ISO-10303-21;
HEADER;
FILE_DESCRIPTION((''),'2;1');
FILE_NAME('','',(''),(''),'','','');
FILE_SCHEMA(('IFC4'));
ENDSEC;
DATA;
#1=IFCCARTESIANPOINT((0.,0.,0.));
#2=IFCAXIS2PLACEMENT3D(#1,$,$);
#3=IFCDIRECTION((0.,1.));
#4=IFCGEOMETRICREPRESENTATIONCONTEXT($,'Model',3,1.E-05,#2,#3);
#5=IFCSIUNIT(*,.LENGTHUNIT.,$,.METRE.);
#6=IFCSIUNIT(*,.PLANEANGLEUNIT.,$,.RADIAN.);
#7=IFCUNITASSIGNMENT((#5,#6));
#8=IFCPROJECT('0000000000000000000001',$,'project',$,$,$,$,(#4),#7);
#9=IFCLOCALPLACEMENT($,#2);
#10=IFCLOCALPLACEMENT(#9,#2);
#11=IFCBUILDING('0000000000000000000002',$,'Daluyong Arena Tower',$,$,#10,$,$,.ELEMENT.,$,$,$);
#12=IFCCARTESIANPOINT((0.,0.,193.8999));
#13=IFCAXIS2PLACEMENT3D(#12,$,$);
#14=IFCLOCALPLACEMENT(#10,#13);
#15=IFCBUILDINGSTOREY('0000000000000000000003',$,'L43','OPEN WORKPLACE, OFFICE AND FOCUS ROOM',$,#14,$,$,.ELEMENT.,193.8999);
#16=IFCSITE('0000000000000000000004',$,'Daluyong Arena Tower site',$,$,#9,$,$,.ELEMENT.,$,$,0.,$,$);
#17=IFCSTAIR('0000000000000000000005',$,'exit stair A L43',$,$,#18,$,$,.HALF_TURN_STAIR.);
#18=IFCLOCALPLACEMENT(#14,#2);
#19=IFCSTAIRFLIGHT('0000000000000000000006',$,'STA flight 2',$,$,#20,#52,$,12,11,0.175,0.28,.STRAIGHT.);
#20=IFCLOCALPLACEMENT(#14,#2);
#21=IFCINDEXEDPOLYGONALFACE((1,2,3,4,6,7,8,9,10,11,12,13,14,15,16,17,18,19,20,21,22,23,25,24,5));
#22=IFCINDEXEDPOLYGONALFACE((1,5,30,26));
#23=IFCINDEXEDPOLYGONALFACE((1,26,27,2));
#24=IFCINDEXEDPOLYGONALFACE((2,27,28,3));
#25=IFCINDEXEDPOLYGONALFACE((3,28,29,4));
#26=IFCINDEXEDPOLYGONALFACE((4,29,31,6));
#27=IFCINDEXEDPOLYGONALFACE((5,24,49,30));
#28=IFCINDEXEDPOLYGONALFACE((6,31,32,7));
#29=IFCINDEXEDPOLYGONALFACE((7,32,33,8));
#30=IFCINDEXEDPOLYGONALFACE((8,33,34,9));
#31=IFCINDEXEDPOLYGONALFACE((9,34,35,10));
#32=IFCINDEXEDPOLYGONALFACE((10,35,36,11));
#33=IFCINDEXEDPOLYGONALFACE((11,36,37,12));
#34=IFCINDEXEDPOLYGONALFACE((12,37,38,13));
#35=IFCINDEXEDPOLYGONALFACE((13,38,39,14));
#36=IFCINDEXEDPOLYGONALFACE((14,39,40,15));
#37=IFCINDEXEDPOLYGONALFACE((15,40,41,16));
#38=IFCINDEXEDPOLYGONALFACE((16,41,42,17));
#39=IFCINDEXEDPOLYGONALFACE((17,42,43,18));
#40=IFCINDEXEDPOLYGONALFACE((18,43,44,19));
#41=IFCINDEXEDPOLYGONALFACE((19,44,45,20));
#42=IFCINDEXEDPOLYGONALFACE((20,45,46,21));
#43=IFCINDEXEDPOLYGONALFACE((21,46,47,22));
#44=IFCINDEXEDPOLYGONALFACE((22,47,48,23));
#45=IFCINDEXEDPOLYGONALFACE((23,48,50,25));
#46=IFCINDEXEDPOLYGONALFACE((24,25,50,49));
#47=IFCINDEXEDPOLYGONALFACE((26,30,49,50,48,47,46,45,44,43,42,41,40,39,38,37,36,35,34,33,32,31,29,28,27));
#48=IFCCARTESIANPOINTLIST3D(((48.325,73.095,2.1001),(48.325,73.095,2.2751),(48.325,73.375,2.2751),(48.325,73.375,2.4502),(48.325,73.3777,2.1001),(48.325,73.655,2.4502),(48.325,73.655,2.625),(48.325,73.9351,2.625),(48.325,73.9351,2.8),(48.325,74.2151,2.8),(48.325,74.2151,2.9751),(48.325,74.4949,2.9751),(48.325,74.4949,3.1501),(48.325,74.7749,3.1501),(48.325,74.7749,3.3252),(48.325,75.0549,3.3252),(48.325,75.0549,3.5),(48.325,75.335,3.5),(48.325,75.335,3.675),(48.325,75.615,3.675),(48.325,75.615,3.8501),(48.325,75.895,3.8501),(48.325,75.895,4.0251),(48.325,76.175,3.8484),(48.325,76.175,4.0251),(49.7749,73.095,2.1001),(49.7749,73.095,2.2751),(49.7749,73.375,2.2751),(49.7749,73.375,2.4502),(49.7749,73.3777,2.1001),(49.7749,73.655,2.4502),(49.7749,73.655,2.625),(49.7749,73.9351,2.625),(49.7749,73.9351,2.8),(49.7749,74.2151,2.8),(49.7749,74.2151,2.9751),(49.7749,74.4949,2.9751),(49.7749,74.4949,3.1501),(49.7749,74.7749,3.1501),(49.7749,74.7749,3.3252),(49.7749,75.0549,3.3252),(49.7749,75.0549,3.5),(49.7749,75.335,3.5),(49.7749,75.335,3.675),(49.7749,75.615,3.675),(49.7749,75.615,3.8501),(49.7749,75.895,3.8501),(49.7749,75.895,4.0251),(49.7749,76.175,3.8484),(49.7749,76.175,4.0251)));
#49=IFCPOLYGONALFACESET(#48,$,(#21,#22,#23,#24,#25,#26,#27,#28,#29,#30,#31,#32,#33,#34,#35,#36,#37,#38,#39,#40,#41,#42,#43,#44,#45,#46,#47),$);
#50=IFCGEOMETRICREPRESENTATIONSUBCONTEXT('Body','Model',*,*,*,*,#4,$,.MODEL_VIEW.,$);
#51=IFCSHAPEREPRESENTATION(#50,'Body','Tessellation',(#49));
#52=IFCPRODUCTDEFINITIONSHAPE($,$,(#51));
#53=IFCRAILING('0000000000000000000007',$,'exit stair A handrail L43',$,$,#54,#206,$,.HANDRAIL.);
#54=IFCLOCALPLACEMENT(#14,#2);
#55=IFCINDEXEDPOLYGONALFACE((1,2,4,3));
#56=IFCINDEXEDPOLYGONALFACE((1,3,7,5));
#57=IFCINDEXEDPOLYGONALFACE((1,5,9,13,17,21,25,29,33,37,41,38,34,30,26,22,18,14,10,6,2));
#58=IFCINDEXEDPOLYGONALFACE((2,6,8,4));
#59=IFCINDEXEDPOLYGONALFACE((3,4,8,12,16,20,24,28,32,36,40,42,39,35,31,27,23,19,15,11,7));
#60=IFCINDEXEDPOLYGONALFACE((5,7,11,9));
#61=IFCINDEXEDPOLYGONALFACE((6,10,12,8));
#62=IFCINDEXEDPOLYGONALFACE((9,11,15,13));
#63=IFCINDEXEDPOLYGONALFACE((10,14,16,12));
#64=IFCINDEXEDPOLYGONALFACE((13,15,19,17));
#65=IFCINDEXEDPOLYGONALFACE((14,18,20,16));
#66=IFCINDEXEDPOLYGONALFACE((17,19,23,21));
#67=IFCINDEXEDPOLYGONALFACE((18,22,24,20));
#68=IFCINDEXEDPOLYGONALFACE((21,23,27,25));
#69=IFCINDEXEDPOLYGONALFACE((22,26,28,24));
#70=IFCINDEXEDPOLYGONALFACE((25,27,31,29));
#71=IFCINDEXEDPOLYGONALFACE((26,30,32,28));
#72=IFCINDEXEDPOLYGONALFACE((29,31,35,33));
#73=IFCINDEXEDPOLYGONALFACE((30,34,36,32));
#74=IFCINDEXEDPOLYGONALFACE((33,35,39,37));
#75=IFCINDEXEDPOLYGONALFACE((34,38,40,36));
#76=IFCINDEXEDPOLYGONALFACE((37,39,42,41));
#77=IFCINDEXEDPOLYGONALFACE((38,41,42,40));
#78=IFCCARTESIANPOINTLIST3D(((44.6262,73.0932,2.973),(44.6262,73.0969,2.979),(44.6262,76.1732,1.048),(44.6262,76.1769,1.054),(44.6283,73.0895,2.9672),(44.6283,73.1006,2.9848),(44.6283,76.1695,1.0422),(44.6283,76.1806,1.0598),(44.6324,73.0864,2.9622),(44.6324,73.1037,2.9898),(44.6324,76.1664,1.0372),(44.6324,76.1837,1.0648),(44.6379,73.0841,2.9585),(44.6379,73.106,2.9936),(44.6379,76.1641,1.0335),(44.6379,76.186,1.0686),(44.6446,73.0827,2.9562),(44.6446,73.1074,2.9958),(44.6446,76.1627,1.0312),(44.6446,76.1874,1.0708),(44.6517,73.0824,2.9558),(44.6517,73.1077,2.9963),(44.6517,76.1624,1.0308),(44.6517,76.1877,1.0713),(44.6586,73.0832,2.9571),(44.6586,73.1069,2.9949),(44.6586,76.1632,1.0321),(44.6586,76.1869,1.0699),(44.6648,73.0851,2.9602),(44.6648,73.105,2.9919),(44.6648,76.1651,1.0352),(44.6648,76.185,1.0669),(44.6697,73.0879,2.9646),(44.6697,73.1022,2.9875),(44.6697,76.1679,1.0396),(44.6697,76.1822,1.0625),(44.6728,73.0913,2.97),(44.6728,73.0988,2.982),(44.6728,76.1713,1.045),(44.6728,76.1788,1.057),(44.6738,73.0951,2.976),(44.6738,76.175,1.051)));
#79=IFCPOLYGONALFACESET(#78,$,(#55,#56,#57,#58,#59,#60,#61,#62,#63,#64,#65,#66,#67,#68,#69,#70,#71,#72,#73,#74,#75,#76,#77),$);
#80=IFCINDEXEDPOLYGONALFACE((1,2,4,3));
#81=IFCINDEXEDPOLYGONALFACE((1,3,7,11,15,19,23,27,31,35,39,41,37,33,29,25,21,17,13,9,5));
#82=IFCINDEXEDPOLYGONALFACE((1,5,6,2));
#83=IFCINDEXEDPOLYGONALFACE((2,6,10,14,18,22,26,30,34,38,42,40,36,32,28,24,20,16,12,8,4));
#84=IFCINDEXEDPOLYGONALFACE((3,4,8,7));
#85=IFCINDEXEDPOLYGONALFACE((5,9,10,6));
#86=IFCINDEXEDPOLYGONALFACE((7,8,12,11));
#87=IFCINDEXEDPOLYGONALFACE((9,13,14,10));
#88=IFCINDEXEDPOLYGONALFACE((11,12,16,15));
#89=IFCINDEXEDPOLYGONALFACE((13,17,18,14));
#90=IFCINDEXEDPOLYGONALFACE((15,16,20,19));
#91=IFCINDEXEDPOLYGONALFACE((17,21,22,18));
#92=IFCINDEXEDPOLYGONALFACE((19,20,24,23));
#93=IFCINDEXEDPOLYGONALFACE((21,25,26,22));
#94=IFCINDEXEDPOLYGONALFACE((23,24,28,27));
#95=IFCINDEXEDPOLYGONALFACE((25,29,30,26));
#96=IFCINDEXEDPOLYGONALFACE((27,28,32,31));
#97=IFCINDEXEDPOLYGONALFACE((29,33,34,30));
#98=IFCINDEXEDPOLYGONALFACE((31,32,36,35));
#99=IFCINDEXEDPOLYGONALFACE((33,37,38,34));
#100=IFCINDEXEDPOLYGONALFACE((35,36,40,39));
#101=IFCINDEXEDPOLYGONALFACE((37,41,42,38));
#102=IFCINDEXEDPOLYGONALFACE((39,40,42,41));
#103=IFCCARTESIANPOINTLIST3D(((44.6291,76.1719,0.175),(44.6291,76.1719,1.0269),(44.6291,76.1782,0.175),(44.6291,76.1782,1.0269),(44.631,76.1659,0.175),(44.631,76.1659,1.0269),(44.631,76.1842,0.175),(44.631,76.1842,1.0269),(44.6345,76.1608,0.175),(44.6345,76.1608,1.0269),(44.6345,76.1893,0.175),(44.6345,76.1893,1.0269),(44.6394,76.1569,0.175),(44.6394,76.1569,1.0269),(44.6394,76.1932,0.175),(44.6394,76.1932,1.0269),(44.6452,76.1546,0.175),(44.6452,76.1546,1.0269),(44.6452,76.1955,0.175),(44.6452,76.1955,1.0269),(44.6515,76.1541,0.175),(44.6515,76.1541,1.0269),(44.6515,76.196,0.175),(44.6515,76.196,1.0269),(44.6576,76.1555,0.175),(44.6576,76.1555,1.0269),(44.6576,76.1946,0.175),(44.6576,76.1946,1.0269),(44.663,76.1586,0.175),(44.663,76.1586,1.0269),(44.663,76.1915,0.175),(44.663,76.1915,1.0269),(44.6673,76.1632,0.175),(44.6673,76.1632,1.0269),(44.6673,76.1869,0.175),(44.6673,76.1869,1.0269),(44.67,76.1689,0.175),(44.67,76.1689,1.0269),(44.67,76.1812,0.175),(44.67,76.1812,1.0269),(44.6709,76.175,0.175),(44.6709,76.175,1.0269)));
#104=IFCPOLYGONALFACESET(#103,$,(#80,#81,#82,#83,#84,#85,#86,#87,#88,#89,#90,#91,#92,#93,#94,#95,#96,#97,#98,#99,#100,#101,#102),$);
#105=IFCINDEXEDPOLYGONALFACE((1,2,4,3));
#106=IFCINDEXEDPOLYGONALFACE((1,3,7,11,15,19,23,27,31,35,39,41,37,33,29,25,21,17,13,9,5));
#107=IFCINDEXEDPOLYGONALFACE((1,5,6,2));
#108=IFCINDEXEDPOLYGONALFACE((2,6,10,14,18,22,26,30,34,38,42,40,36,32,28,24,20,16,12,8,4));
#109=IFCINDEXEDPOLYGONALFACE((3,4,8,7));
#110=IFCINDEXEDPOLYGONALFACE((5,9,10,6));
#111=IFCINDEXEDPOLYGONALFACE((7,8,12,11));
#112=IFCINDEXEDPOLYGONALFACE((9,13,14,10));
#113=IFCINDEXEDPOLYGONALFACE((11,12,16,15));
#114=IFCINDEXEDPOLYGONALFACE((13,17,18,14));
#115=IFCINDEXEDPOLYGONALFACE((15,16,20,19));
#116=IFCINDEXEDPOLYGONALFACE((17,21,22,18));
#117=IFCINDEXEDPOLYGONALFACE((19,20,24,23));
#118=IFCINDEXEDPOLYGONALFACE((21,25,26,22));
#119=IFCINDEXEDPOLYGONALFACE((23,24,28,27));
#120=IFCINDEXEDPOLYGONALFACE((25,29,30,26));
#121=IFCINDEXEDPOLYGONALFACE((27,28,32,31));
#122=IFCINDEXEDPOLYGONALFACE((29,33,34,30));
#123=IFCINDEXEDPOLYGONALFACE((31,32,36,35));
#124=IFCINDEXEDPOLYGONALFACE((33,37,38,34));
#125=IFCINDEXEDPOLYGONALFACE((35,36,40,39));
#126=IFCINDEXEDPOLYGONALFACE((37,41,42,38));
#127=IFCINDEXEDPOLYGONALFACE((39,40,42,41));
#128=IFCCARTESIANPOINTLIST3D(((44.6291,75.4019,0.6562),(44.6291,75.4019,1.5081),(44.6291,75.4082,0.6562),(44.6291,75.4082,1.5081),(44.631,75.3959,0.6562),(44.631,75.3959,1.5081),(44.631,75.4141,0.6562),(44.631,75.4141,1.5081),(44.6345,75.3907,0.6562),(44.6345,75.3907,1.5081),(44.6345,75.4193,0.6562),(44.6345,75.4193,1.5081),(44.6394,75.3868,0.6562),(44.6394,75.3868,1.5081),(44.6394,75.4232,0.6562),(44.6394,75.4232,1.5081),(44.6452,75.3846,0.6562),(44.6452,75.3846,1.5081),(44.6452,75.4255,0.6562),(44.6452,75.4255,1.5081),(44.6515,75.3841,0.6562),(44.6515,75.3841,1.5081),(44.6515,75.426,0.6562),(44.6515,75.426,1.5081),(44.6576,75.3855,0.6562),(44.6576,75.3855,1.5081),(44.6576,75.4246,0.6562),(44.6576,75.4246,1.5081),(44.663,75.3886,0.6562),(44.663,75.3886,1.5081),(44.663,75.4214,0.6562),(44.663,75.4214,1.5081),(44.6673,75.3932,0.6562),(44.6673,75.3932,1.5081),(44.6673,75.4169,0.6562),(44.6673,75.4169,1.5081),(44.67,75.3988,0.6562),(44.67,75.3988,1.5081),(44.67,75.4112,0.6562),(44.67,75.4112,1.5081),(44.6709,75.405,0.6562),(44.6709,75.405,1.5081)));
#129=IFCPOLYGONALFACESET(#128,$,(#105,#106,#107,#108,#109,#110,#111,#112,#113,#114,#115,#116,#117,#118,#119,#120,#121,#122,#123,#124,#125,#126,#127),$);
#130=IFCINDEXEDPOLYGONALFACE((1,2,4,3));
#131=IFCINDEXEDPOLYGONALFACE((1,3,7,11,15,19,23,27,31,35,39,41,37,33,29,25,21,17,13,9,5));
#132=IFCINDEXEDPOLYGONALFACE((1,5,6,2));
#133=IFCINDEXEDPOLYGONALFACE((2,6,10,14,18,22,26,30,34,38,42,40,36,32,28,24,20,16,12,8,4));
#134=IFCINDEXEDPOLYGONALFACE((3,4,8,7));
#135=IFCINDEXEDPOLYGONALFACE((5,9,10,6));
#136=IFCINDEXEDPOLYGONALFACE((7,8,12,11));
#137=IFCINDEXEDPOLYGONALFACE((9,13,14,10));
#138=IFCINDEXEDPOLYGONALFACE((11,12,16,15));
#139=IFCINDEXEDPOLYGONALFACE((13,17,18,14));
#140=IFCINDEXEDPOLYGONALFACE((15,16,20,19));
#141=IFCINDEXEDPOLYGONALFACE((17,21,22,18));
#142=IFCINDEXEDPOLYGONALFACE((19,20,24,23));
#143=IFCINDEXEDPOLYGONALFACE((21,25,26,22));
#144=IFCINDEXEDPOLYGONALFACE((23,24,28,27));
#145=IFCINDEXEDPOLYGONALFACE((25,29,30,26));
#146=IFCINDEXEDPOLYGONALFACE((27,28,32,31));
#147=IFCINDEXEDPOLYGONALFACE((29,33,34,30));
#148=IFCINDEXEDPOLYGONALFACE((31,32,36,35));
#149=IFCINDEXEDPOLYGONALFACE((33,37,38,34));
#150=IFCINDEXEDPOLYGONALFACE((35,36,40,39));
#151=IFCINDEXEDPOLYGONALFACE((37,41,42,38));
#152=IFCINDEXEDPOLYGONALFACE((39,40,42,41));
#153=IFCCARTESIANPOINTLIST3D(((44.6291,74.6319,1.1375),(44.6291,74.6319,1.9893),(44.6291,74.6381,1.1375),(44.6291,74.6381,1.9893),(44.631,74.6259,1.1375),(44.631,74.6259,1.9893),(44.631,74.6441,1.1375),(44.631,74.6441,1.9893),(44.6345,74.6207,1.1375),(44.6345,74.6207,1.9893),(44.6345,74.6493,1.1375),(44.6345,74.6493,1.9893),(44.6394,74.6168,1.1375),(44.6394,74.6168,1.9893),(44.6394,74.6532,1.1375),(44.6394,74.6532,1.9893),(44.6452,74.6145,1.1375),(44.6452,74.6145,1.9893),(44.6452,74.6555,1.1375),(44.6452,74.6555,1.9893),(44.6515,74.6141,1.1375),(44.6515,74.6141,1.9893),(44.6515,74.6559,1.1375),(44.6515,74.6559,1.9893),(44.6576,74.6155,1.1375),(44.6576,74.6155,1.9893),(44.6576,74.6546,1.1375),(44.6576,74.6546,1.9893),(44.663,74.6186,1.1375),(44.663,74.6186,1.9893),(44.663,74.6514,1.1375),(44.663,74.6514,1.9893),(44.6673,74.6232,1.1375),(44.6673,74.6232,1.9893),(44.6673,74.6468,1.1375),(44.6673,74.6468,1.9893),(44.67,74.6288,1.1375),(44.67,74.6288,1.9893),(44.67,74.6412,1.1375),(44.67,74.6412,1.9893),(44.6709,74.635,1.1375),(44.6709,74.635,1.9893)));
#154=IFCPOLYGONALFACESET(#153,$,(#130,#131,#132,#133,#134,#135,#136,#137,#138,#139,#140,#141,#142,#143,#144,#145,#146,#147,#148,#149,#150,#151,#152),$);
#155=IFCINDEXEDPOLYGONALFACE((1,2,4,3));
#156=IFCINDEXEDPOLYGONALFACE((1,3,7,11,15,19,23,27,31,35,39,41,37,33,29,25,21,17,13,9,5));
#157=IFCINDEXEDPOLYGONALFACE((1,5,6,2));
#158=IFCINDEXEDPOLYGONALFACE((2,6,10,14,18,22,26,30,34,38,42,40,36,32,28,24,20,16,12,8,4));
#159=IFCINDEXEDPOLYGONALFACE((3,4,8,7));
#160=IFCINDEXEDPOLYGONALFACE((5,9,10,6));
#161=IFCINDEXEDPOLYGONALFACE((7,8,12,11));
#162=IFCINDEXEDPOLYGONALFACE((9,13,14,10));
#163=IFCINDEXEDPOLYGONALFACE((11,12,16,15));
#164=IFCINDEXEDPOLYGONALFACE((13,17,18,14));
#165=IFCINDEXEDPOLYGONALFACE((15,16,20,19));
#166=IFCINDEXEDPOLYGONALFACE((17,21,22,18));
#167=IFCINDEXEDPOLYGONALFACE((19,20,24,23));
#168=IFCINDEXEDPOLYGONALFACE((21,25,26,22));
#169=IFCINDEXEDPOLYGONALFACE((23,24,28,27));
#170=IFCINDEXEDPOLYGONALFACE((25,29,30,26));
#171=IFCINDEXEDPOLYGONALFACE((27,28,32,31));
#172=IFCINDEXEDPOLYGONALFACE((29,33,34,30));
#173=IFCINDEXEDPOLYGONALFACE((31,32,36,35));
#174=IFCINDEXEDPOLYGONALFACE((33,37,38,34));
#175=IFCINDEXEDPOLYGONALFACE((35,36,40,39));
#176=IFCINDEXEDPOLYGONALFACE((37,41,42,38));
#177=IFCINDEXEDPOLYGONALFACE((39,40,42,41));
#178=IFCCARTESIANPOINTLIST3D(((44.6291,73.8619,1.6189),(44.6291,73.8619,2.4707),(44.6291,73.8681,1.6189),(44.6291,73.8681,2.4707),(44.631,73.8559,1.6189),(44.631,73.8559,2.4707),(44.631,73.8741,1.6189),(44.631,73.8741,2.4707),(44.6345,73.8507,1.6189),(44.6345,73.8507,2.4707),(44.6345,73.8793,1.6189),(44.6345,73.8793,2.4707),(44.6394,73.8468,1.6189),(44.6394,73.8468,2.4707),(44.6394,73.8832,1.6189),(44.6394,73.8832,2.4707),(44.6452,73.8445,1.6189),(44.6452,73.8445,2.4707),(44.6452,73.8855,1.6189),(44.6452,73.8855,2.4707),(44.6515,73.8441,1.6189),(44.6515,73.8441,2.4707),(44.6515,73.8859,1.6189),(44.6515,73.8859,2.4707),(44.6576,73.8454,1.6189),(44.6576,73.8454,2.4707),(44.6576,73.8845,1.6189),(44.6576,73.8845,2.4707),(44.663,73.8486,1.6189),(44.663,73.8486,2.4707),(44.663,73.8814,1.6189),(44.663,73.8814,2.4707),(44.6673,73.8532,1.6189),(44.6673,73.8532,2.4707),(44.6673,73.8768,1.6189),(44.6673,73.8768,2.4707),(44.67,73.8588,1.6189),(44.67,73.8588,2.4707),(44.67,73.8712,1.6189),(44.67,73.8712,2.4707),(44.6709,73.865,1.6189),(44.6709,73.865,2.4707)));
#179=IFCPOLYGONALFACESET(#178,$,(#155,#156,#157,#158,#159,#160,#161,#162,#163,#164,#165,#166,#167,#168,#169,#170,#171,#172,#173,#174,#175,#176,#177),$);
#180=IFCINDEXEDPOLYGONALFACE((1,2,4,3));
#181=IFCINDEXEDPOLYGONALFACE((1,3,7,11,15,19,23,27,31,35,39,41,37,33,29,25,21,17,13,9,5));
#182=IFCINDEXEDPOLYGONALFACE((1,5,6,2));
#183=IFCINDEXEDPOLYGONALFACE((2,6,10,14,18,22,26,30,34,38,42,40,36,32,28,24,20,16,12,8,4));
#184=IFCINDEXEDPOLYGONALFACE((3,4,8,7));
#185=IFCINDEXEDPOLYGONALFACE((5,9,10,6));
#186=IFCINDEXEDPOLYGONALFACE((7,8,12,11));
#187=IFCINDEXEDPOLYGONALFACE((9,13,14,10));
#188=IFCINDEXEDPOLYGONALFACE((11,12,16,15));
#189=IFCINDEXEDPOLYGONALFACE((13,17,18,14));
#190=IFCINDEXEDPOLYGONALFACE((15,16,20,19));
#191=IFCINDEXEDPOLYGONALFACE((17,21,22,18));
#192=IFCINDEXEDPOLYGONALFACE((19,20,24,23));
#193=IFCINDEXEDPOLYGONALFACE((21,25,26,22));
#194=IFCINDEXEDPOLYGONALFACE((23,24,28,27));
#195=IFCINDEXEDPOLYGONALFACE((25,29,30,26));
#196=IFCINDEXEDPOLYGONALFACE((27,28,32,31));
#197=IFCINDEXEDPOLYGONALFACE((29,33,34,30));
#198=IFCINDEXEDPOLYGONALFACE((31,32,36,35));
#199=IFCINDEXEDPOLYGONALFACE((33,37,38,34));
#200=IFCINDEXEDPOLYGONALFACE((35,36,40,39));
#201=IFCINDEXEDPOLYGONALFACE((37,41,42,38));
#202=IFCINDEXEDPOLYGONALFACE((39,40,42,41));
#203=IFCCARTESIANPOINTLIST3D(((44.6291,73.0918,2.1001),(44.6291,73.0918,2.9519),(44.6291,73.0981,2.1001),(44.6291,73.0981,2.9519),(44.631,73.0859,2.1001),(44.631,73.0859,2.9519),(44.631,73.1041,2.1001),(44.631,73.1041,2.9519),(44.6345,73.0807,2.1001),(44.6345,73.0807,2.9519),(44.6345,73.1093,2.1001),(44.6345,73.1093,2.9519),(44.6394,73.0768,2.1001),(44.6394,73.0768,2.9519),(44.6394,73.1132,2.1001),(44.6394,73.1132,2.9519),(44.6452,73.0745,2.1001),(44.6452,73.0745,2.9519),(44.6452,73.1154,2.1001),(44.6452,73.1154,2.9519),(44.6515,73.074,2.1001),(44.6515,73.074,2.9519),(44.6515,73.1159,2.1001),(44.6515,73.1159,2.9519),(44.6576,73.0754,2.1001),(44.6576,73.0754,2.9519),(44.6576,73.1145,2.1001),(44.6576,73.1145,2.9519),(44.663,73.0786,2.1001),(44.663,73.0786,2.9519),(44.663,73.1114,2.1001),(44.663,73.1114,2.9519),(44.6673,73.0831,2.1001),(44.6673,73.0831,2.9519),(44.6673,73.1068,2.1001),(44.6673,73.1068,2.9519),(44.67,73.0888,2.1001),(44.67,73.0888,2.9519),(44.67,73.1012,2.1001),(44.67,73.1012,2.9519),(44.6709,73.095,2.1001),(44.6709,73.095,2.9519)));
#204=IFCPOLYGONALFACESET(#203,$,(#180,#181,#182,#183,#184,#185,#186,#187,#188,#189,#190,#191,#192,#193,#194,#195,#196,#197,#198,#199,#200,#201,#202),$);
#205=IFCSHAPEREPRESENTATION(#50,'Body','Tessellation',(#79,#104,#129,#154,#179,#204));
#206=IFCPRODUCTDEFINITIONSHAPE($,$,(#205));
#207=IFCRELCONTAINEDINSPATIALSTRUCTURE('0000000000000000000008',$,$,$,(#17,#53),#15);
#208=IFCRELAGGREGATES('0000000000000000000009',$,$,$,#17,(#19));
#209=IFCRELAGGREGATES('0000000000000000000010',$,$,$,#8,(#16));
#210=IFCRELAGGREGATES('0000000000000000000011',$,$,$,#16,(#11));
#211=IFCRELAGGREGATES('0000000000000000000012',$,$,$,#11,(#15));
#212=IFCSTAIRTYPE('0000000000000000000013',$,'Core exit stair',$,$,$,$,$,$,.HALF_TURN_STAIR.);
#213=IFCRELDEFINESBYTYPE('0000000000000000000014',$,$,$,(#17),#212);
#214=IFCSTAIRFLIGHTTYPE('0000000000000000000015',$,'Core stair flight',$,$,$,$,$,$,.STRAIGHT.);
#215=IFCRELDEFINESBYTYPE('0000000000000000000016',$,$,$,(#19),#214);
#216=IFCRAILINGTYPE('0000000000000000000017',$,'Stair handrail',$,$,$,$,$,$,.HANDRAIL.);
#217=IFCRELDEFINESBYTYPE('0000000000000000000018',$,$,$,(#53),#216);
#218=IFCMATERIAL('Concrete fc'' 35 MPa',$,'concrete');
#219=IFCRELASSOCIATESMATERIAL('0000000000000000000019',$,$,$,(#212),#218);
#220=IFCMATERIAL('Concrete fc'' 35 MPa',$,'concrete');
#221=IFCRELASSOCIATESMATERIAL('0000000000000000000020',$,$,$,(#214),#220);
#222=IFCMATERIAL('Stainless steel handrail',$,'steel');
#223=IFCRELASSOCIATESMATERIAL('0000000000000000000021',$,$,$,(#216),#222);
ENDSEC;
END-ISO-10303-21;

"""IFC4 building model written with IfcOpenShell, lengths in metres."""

from ifc_helpers import new_model, si_unit, direction, frame, origin, origin_2d, place, context, subcontext, project, spatial, polyline, circle, outline, extrude, material, type_object, element, aggregate, save


model = new_model("IFC4")

# Units and contexts
model_context = context("Model", 3, precision=1e-05, world=origin(), true_north=direction((0.0, 1.0)))
body_context = subcontext(model_context, "Body", "Model", "MODEL_VIEW")
ifc_project = project(units=[si_unit("LENGTHUNIT", "METRE"), si_unit("PLANEANGLEUNIT", "RADIAN")], contexts=[model_context])

# Site, building, storey
site_placement = place(None, origin())
site = spatial("IfcSite", under=ifc_project, at=site_placement, Name="Daluyong Arena Tower site", CompositionType="ELEMENT", RefElevation=0.0)
building_placement = place(site_placement, origin())
building = spatial("IfcBuilding", under=site, at=building_placement, Name="Daluyong Arena Tower", CompositionType="ELEMENT")
storey_placement = place(building_placement, frame((0.0, 0.0, 193.8999)))
storey = spatial("IfcBuildingStorey", under=building, at=storey_placement, Name="L43", Description="OPEN WORKPLACE, OFFICE AND FOCUS ROOM", CompositionType="ELEMENT", Elevation=193.8999)

# Stair, stair flight
ifc_material_1 = material(Name="Concrete fc' 35 MPa", Category="concrete")
stair_type = type_object("IfcStairType", Name="Core exit stair", PredefinedType="HALF_TURN_STAIR", material=ifc_material_1)
stair_placement = place(storey_placement, origin())
stair = element("IfcStair", 1, at=stair_placement, inside=storey, type_object=stair_type, Name="exit stair A L43", PredefinedType="HALF_TURN_STAIR")
ifc_material_2 = material(Name="Concrete fc' 35 MPa", Category="concrete")
stair_flight_type = type_object("IfcStairFlightType", Name="Core stair flight", PredefinedType="STRAIGHT", material=ifc_material_2)
stair_flight_1_placement = place(storey_placement, frame((49.05, 73.095, 2.1001), z_axis=(0.0, 0.0, 1.0), x_axis=(0.0, 1.0, 0.0)))
stair_flight_1 = element("IfcStairFlight", 2, at=stair_flight_1_placement, type_object=stair_flight_type, Name="STA flight 2", NumberOfRisers=12, NumberOfTreads=11, PredefinedType="STRAIGHT", RiserHeight=0.175, TreadLength=0.28, context=body_context, shape_type="SweptSolid", body=[
    extrude(outline(polyline([(0.0, 0.0), (0.0, 0.175), (0.28, 0.175), (0.28, 0.3501), (0.5601, 0.3501), (0.5601, 0.5249), (0.8401, 0.5249), (0.8401, 0.7), (1.1201, 0.7), (1.1201, 0.875), (1.3999, 0.875), (1.3999, 1.05), (1.6799, 1.05), (1.6799, 1.2251), (1.96, 1.2251), (1.96, 1.3999), (2.24, 1.3999), (2.24, 1.575), (2.52, 1.575), (2.52, 1.75), (2.8, 1.75), (2.8, 1.925), (3.0801, 1.925), (3.0801, 2.1001), (3.0801, 1.7483), (0.2827, 0.0), (0.0, 0.0)])), frame((0.0, 0.7251, 0.0), z_axis=(0.0, -1.0, 0.0), x_axis=(1.0, 0.0, 0.0)), (0.0, 0.0, 1.0), 1.45),
])
aggregate(stair, [stair_flight_1])

# Railing
ifc_material_3 = material(Name="Stainless steel handrail", Category="steel")
railing_type_1 = type_object("IfcRailingType", Name="Stair handrail", PredefinedType="HANDRAIL", material=ifc_material_3)
railing_1_placement = place(storey_placement, frame((44.6499, 76.175, 0.175)))
element("IfcRailing", 3, at=railing_1_placement, inside=storey, type_object=railing_type_1, Name="exit stair A handrail L43", PredefinedType="HANDRAIL", context=body_context, shape_type="SweptSolid", body=[
    extrude(circle(Radius=0.0239, at=origin_2d()), frame((0.0, 0.0, 0.876), z_axis=(0.0, -0.847998, 0.529999), x_axis=(1.0, 0.0, 0.0)), (0.0, 0.0, 1.0), 3.6321),
    extrude(circle(Radius=0.021, at=origin_2d()), origin(), (0.0, 0.0, 1.0), 0.8518),
    extrude(circle(Radius=0.021, at=origin_2d()), frame((0.0, -0.77, 0.4812)), (0.0, 0.0, 1.0), 0.8518),
    extrude(circle(Radius=0.021, at=origin_2d()), frame((0.0, -1.54, 0.9624)), (0.0, 0.0, 1.0), 0.8518),
    extrude(circle(Radius=0.021, at=origin_2d()), frame((0.0, -2.3101, 1.4438)), (0.0, 0.0, 1.0), 0.8518),
    extrude(circle(Radius=0.021, at=origin_2d()), frame((0.0, -3.0801, 1.925)), (0.0, 0.0, 1.0), 0.8518),
])

save(model, "model.ifc")
